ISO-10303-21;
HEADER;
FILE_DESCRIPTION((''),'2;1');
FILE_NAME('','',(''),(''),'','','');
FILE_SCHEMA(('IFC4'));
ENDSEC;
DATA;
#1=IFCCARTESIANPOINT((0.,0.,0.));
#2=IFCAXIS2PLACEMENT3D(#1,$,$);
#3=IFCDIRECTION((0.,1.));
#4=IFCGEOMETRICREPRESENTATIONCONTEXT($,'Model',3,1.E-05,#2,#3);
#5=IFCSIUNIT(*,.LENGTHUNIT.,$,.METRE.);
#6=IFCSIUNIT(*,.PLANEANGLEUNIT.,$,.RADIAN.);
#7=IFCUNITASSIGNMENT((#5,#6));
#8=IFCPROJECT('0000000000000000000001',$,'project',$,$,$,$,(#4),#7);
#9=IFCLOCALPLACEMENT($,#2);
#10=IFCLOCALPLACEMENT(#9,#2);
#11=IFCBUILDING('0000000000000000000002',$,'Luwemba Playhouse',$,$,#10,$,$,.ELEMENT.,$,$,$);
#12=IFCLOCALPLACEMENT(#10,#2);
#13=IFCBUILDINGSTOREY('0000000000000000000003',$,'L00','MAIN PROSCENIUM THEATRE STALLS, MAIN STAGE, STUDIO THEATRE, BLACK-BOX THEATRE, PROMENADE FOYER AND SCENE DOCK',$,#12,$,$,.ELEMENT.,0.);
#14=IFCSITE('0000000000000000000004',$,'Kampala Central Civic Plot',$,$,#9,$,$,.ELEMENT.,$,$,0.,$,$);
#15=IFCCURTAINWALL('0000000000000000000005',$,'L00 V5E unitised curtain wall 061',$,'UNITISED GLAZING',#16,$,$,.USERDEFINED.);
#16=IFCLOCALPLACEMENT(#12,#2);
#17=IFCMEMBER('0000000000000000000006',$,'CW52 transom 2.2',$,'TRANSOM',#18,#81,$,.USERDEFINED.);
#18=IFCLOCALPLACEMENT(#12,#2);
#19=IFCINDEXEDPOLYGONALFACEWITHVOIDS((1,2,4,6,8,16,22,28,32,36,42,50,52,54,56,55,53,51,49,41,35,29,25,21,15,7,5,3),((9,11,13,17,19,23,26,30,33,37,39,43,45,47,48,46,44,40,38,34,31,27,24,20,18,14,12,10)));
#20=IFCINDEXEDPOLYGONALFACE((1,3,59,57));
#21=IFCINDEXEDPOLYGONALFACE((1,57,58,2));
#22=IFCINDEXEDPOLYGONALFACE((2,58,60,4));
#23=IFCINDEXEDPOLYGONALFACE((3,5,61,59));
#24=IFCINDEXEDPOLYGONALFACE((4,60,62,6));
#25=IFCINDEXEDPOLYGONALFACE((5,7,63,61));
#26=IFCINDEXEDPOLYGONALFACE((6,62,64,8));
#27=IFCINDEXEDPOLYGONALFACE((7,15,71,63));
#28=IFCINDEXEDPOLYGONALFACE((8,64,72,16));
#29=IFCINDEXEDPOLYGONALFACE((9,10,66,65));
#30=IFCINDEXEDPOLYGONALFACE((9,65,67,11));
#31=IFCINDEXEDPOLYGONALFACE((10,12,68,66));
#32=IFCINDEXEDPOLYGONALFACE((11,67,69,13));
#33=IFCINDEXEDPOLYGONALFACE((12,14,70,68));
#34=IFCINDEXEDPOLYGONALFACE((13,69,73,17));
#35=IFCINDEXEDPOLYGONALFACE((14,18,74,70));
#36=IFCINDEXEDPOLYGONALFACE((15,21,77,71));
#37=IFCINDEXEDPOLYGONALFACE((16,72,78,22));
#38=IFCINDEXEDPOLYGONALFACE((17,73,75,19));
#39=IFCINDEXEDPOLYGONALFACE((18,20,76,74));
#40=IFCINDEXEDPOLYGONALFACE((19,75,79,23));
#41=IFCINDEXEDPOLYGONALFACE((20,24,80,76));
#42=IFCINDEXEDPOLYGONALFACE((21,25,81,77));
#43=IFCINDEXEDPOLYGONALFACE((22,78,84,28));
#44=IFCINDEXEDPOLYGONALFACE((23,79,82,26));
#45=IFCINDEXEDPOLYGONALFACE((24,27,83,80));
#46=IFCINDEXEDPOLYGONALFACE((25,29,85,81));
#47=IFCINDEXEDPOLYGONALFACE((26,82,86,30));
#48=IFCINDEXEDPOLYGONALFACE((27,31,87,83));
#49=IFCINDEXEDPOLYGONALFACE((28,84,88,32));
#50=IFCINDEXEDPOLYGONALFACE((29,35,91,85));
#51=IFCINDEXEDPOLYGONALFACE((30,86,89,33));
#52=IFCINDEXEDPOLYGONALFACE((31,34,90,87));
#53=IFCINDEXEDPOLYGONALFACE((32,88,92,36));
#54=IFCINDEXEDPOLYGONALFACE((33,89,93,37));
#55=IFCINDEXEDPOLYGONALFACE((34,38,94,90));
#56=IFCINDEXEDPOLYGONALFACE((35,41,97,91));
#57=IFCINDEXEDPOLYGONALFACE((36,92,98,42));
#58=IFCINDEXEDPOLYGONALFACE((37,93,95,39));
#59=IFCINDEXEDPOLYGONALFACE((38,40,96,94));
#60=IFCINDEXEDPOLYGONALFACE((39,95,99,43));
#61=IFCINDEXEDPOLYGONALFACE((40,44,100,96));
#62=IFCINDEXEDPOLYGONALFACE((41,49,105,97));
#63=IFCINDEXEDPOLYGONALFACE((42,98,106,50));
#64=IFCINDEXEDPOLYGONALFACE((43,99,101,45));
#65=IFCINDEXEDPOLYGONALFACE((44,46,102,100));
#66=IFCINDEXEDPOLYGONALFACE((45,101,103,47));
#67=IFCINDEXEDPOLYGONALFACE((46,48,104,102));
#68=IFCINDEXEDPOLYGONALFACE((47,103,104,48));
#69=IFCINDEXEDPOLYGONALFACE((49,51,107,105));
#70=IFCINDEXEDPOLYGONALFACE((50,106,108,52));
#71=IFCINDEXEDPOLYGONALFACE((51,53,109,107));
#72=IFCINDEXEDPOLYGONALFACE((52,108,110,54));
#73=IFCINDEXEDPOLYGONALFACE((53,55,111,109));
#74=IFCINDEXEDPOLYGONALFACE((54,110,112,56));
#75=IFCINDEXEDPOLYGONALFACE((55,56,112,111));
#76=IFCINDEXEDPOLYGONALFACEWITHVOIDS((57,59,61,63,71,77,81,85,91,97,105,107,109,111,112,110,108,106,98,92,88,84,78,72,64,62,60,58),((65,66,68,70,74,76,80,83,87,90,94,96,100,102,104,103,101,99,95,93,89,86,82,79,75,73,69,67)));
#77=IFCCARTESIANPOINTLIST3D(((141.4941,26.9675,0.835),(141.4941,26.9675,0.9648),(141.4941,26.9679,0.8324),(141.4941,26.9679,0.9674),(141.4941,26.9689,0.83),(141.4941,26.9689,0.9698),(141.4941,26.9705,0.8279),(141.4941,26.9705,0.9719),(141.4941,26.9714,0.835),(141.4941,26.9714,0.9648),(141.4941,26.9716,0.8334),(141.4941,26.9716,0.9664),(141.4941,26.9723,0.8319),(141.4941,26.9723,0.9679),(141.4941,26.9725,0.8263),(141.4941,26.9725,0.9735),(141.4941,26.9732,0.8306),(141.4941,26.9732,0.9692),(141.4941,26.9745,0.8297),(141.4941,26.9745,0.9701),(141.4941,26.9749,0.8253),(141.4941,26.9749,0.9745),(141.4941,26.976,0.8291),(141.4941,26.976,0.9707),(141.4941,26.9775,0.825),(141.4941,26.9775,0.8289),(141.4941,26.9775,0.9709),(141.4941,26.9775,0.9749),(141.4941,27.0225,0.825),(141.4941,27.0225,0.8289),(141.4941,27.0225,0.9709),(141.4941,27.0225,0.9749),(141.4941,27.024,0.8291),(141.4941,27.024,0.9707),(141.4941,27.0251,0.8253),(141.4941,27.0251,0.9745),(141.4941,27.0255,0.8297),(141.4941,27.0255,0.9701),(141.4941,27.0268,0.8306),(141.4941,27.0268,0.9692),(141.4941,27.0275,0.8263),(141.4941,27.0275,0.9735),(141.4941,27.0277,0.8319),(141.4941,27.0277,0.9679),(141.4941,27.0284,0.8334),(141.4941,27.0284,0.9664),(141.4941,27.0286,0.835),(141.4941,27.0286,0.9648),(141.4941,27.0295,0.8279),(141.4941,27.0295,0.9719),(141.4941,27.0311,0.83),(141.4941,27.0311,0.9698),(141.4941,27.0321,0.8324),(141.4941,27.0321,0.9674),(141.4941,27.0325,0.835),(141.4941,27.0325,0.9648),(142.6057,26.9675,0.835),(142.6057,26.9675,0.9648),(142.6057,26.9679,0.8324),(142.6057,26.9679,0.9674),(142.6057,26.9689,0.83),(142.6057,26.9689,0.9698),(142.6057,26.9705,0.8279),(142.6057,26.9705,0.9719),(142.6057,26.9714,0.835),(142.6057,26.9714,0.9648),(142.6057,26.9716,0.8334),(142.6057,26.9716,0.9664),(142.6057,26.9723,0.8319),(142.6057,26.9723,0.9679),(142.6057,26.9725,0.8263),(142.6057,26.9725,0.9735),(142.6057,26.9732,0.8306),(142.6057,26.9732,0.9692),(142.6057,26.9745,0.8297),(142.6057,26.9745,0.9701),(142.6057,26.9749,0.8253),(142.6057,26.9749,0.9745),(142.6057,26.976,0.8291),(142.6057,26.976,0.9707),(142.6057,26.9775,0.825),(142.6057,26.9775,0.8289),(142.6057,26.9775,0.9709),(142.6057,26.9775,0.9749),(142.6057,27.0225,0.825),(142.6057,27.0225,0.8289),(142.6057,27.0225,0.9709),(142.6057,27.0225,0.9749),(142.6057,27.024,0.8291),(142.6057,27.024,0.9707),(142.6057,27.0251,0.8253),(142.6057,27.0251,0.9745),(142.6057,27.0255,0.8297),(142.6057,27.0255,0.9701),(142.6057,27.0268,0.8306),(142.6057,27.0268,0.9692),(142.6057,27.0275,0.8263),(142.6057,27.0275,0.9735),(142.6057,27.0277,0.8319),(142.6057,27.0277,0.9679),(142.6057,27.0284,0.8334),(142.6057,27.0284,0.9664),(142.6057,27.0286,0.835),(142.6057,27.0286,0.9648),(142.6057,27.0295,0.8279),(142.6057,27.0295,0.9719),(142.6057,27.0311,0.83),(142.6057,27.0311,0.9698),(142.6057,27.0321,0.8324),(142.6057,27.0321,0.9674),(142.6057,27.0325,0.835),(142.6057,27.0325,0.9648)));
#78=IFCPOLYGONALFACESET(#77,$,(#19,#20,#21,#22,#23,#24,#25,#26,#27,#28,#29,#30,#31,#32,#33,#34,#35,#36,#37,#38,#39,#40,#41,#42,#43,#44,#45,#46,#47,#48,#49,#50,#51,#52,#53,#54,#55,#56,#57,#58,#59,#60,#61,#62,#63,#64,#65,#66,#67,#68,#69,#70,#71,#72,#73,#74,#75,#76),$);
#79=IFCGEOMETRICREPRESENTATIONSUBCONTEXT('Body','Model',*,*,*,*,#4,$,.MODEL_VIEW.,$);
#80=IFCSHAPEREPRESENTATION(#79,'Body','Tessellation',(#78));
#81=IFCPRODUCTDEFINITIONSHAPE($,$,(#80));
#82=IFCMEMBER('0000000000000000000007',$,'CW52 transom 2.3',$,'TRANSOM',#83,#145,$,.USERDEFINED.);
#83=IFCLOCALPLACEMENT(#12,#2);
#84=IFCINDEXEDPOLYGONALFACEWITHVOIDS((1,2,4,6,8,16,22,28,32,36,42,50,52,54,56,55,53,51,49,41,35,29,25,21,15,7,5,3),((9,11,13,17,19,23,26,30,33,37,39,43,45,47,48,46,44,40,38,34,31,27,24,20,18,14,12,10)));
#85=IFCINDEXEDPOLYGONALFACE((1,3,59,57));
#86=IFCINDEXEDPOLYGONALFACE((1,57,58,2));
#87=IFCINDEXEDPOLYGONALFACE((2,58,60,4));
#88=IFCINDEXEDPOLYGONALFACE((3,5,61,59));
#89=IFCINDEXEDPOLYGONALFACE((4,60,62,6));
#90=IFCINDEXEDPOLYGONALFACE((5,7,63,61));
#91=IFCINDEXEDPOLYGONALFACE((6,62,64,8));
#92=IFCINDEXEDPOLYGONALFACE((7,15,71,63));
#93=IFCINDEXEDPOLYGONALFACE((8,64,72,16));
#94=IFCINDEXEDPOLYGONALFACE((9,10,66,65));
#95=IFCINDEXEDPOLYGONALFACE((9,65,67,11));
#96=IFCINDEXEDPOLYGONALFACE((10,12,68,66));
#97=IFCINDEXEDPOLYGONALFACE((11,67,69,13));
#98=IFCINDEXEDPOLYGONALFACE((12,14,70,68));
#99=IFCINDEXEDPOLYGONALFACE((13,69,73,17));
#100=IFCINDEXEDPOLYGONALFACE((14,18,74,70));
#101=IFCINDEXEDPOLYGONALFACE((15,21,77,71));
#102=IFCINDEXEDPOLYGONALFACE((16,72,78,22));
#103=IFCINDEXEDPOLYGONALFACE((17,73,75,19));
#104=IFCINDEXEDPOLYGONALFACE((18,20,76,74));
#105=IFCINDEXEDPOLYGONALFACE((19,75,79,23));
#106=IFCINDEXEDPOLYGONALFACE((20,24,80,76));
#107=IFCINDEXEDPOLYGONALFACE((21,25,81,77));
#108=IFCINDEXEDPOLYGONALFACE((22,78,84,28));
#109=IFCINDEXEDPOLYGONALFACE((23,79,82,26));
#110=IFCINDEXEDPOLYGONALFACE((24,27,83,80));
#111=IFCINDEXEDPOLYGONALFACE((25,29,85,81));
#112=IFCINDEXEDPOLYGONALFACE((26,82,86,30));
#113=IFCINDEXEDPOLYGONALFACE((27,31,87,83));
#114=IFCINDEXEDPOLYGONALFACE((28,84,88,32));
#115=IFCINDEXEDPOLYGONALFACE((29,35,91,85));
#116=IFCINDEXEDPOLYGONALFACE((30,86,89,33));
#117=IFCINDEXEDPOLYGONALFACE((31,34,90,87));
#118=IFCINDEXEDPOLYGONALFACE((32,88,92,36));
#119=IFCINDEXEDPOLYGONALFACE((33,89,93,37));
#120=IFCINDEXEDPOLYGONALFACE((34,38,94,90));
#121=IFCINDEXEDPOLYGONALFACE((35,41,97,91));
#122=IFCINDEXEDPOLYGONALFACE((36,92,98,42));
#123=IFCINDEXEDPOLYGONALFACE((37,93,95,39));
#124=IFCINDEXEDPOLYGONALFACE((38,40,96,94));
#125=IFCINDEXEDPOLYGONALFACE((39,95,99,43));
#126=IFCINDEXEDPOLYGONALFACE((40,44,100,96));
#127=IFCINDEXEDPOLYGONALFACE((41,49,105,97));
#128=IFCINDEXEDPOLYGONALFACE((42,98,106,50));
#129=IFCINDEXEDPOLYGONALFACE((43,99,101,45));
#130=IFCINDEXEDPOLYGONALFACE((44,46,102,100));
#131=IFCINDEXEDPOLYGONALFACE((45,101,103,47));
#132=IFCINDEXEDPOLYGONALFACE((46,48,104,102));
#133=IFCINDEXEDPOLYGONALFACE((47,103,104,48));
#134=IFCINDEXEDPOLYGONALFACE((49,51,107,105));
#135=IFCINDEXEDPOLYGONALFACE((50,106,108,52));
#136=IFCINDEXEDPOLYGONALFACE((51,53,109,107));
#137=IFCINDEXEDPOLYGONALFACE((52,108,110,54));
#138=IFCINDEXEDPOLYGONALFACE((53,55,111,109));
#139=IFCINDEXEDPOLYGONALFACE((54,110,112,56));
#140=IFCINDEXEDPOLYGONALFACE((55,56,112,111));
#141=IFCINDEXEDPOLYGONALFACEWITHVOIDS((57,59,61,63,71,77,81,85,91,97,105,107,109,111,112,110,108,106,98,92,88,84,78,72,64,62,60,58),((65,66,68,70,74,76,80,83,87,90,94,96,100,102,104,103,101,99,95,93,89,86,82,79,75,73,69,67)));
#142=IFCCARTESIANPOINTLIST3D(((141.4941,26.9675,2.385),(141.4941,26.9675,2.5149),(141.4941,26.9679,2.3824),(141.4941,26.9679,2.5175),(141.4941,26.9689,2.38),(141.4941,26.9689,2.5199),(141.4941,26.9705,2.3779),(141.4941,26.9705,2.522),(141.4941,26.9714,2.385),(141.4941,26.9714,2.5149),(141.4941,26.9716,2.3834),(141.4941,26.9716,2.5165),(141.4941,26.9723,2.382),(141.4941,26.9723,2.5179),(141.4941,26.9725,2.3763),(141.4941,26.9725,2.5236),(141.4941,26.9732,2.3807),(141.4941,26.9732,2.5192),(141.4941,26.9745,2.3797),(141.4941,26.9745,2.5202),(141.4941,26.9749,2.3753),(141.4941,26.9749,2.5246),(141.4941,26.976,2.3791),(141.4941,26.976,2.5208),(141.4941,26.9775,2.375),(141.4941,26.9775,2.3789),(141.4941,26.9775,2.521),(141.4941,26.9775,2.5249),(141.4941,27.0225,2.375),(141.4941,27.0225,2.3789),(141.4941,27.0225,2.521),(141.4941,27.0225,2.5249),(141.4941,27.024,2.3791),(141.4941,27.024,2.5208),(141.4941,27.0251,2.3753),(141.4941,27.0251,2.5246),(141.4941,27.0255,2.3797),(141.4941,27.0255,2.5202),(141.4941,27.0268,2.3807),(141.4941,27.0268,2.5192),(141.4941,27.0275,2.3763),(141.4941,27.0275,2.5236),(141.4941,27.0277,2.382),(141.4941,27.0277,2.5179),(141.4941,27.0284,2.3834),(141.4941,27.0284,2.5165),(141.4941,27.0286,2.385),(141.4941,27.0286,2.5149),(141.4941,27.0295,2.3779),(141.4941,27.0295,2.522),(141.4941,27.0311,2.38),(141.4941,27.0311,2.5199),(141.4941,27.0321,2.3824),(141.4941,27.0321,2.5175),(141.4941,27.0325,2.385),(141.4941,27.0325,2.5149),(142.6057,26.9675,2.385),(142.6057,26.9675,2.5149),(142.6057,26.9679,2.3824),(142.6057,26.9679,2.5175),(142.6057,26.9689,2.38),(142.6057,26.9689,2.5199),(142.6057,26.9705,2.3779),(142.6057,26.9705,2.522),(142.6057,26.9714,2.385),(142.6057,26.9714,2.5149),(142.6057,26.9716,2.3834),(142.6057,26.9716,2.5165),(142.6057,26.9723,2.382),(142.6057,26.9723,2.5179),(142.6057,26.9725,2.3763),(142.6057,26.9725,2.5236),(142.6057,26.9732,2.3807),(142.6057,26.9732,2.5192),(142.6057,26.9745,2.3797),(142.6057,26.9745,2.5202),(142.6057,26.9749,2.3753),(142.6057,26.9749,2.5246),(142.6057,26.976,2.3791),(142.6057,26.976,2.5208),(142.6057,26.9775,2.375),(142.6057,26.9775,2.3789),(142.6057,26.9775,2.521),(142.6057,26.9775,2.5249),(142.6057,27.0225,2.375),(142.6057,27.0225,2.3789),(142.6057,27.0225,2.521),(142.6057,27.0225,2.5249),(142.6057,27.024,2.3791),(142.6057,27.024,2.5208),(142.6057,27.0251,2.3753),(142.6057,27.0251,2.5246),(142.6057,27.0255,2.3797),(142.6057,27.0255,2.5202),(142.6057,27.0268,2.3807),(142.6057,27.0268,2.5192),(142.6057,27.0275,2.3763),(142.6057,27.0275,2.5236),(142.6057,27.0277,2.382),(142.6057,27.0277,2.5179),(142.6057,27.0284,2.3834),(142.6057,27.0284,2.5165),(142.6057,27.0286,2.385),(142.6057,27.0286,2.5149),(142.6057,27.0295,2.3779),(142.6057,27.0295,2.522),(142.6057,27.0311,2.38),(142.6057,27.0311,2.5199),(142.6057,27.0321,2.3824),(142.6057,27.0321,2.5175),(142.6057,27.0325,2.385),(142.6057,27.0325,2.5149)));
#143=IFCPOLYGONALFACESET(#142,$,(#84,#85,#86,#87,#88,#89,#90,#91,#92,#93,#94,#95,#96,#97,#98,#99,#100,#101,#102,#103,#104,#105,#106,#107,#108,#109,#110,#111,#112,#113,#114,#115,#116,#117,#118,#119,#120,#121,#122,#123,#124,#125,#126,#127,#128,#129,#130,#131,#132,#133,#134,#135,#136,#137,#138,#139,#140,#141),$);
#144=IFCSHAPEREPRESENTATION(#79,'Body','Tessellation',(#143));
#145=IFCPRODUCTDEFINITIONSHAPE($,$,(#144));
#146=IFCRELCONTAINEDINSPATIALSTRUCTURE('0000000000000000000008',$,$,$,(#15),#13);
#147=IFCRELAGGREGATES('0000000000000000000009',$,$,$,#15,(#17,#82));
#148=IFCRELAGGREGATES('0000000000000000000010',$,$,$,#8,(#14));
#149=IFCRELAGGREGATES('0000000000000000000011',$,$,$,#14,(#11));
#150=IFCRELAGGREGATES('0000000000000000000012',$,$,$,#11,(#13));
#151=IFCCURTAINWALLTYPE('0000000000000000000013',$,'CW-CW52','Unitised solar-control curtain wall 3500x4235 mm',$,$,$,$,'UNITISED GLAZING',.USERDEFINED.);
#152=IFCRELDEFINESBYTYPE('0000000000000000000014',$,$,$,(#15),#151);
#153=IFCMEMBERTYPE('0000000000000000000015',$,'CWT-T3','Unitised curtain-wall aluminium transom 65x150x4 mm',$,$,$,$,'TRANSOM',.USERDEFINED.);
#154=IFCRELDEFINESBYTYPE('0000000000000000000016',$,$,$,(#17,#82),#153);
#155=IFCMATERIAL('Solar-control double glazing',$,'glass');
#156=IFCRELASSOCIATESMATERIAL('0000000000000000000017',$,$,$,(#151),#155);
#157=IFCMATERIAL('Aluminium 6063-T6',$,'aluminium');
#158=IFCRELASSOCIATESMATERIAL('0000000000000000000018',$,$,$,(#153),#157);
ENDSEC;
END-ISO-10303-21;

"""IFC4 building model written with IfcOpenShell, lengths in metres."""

from ifc_helpers import new_model, si_unit, direction, frame, origin, origin_2d, place, context, subcontext, project, spatial, hollow_rectangle, extrude, material, material_profile, profile_set, type_object, element, aggregate, save


model = new_model("IFC4")

# Units and contexts
model_context = context("Model", 3, precision=1e-05, world=origin(), true_north=direction((0.0, 1.0)))
body_context = subcontext(model_context, "Body", "Model", "MODEL_VIEW")
ifc_project = project(units=[si_unit("LENGTHUNIT", "METRE"), si_unit("PLANEANGLEUNIT", "RADIAN")], contexts=[model_context])

# Site, building, storey
site_placement = place(None, origin())
site = spatial("IfcSite", under=ifc_project, at=site_placement, Name="Kampala Central Civic Plot", CompositionType="ELEMENT", RefElevation=0.0)
building_placement = place(site_placement, origin())
building = spatial("IfcBuilding", under=site, at=building_placement, Name="Luwemba Playhouse", CompositionType="ELEMENT")
storey_placement = place(building_placement, origin())
storey = spatial("IfcBuildingStorey", under=building, at=storey_placement, Name="L00", Description="MAIN PROSCENIUM THEATRE STALLS, MAIN STAGE, STUDIO THEATRE, BLACK-BOX THEATRE, PROMENADE FOYER AND SCENE DOCK", CompositionType="ELEMENT", Elevation=0.0)

# Shared definitions
ifc_material_1 = material(Name="Solar-control double glazing", Category="glass")
ifc_material_2 = material(Name="Aluminium 6063-T6", Category="aluminium")

# Curtain wall
curtain_wall_type_1 = type_object("IfcCurtainWallType", Name="CW-CW52", Description="Unitised solar-control curtain wall 3500x4235 mm", ElementType="UNITISED GLAZING", PredefinedType="USERDEFINED", material=ifc_material_1)
curtain_wall_1_placement = place(storey_placement, origin())
curtain_wall_1 = element("IfcCurtainWall", 1, at=curtain_wall_1_placement, inside=storey, type_object=curtain_wall_type_1, Name="L00 V5E unitised curtain wall 061", ObjectType="UNITISED GLAZING", PredefinedType="USERDEFINED")

# Members
ifc_material_profile_1 = material_profile(ifc_material_2, hollow_rectangle(XDim=0.0649, YDim=0.1499, WallThickness=0.0039, InnerFilletRadius=0.0061, OuterFilletRadius=0.01, at=origin_2d()))
ifc_profile_set_1 = profile_set([ifc_material_profile_1], Name="Aluminium 6063-T6")
member_type_1 = type_object("IfcMemberType", Name="CWT-T3", Description="Unitised curtain-wall aluminium transom 65x150x4 mm", ElementType="TRANSOM", PredefinedType="USERDEFINED", material=ifc_profile_set_1)
member_1_placement = place(storey_placement, frame((141.4941, 27.0, 0.8999), z_axis=(1.0, 0.0, 0.0), x_axis=(0.0, 1.0, 0.0)))
member_1 = element("IfcMember", 2, at=member_1_placement, type_object=member_type_1, Name="CW52 transom 2.2", ObjectType="TRANSOM", PredefinedType="USERDEFINED", context=body_context, shape_type="SweptSolid", body=[
    extrude(hollow_rectangle(XDim=0.0649, YDim=0.1499, WallThickness=0.0039, InnerFilletRadius=0.0061, OuterFilletRadius=0.01, at=origin_2d()), origin(), (0.0, 0.0, 1.0), 1.1116),
])
member_2_placement = place(storey_placement, frame((141.4941, 27.0, 2.45), z_axis=(1.0, 0.0, 0.0), x_axis=(0.0, 1.0, 0.0)))
member_2 = element("IfcMember", 3, at=member_2_placement, type_object=member_type_1, Name="CW52 transom 2.3", ObjectType="TRANSOM", PredefinedType="USERDEFINED", context=body_context, shape_type="SweptSolid", body=[
    extrude(hollow_rectangle(XDim=0.0649, YDim=0.1499, WallThickness=0.0039, InnerFilletRadius=0.0061, OuterFilletRadius=0.01, at=origin_2d()), origin(), (0.0, 0.0, 1.0), 1.1116),
])

aggregate(curtain_wall_1, [member_1, member_2])

save(model, "model.ifc")
